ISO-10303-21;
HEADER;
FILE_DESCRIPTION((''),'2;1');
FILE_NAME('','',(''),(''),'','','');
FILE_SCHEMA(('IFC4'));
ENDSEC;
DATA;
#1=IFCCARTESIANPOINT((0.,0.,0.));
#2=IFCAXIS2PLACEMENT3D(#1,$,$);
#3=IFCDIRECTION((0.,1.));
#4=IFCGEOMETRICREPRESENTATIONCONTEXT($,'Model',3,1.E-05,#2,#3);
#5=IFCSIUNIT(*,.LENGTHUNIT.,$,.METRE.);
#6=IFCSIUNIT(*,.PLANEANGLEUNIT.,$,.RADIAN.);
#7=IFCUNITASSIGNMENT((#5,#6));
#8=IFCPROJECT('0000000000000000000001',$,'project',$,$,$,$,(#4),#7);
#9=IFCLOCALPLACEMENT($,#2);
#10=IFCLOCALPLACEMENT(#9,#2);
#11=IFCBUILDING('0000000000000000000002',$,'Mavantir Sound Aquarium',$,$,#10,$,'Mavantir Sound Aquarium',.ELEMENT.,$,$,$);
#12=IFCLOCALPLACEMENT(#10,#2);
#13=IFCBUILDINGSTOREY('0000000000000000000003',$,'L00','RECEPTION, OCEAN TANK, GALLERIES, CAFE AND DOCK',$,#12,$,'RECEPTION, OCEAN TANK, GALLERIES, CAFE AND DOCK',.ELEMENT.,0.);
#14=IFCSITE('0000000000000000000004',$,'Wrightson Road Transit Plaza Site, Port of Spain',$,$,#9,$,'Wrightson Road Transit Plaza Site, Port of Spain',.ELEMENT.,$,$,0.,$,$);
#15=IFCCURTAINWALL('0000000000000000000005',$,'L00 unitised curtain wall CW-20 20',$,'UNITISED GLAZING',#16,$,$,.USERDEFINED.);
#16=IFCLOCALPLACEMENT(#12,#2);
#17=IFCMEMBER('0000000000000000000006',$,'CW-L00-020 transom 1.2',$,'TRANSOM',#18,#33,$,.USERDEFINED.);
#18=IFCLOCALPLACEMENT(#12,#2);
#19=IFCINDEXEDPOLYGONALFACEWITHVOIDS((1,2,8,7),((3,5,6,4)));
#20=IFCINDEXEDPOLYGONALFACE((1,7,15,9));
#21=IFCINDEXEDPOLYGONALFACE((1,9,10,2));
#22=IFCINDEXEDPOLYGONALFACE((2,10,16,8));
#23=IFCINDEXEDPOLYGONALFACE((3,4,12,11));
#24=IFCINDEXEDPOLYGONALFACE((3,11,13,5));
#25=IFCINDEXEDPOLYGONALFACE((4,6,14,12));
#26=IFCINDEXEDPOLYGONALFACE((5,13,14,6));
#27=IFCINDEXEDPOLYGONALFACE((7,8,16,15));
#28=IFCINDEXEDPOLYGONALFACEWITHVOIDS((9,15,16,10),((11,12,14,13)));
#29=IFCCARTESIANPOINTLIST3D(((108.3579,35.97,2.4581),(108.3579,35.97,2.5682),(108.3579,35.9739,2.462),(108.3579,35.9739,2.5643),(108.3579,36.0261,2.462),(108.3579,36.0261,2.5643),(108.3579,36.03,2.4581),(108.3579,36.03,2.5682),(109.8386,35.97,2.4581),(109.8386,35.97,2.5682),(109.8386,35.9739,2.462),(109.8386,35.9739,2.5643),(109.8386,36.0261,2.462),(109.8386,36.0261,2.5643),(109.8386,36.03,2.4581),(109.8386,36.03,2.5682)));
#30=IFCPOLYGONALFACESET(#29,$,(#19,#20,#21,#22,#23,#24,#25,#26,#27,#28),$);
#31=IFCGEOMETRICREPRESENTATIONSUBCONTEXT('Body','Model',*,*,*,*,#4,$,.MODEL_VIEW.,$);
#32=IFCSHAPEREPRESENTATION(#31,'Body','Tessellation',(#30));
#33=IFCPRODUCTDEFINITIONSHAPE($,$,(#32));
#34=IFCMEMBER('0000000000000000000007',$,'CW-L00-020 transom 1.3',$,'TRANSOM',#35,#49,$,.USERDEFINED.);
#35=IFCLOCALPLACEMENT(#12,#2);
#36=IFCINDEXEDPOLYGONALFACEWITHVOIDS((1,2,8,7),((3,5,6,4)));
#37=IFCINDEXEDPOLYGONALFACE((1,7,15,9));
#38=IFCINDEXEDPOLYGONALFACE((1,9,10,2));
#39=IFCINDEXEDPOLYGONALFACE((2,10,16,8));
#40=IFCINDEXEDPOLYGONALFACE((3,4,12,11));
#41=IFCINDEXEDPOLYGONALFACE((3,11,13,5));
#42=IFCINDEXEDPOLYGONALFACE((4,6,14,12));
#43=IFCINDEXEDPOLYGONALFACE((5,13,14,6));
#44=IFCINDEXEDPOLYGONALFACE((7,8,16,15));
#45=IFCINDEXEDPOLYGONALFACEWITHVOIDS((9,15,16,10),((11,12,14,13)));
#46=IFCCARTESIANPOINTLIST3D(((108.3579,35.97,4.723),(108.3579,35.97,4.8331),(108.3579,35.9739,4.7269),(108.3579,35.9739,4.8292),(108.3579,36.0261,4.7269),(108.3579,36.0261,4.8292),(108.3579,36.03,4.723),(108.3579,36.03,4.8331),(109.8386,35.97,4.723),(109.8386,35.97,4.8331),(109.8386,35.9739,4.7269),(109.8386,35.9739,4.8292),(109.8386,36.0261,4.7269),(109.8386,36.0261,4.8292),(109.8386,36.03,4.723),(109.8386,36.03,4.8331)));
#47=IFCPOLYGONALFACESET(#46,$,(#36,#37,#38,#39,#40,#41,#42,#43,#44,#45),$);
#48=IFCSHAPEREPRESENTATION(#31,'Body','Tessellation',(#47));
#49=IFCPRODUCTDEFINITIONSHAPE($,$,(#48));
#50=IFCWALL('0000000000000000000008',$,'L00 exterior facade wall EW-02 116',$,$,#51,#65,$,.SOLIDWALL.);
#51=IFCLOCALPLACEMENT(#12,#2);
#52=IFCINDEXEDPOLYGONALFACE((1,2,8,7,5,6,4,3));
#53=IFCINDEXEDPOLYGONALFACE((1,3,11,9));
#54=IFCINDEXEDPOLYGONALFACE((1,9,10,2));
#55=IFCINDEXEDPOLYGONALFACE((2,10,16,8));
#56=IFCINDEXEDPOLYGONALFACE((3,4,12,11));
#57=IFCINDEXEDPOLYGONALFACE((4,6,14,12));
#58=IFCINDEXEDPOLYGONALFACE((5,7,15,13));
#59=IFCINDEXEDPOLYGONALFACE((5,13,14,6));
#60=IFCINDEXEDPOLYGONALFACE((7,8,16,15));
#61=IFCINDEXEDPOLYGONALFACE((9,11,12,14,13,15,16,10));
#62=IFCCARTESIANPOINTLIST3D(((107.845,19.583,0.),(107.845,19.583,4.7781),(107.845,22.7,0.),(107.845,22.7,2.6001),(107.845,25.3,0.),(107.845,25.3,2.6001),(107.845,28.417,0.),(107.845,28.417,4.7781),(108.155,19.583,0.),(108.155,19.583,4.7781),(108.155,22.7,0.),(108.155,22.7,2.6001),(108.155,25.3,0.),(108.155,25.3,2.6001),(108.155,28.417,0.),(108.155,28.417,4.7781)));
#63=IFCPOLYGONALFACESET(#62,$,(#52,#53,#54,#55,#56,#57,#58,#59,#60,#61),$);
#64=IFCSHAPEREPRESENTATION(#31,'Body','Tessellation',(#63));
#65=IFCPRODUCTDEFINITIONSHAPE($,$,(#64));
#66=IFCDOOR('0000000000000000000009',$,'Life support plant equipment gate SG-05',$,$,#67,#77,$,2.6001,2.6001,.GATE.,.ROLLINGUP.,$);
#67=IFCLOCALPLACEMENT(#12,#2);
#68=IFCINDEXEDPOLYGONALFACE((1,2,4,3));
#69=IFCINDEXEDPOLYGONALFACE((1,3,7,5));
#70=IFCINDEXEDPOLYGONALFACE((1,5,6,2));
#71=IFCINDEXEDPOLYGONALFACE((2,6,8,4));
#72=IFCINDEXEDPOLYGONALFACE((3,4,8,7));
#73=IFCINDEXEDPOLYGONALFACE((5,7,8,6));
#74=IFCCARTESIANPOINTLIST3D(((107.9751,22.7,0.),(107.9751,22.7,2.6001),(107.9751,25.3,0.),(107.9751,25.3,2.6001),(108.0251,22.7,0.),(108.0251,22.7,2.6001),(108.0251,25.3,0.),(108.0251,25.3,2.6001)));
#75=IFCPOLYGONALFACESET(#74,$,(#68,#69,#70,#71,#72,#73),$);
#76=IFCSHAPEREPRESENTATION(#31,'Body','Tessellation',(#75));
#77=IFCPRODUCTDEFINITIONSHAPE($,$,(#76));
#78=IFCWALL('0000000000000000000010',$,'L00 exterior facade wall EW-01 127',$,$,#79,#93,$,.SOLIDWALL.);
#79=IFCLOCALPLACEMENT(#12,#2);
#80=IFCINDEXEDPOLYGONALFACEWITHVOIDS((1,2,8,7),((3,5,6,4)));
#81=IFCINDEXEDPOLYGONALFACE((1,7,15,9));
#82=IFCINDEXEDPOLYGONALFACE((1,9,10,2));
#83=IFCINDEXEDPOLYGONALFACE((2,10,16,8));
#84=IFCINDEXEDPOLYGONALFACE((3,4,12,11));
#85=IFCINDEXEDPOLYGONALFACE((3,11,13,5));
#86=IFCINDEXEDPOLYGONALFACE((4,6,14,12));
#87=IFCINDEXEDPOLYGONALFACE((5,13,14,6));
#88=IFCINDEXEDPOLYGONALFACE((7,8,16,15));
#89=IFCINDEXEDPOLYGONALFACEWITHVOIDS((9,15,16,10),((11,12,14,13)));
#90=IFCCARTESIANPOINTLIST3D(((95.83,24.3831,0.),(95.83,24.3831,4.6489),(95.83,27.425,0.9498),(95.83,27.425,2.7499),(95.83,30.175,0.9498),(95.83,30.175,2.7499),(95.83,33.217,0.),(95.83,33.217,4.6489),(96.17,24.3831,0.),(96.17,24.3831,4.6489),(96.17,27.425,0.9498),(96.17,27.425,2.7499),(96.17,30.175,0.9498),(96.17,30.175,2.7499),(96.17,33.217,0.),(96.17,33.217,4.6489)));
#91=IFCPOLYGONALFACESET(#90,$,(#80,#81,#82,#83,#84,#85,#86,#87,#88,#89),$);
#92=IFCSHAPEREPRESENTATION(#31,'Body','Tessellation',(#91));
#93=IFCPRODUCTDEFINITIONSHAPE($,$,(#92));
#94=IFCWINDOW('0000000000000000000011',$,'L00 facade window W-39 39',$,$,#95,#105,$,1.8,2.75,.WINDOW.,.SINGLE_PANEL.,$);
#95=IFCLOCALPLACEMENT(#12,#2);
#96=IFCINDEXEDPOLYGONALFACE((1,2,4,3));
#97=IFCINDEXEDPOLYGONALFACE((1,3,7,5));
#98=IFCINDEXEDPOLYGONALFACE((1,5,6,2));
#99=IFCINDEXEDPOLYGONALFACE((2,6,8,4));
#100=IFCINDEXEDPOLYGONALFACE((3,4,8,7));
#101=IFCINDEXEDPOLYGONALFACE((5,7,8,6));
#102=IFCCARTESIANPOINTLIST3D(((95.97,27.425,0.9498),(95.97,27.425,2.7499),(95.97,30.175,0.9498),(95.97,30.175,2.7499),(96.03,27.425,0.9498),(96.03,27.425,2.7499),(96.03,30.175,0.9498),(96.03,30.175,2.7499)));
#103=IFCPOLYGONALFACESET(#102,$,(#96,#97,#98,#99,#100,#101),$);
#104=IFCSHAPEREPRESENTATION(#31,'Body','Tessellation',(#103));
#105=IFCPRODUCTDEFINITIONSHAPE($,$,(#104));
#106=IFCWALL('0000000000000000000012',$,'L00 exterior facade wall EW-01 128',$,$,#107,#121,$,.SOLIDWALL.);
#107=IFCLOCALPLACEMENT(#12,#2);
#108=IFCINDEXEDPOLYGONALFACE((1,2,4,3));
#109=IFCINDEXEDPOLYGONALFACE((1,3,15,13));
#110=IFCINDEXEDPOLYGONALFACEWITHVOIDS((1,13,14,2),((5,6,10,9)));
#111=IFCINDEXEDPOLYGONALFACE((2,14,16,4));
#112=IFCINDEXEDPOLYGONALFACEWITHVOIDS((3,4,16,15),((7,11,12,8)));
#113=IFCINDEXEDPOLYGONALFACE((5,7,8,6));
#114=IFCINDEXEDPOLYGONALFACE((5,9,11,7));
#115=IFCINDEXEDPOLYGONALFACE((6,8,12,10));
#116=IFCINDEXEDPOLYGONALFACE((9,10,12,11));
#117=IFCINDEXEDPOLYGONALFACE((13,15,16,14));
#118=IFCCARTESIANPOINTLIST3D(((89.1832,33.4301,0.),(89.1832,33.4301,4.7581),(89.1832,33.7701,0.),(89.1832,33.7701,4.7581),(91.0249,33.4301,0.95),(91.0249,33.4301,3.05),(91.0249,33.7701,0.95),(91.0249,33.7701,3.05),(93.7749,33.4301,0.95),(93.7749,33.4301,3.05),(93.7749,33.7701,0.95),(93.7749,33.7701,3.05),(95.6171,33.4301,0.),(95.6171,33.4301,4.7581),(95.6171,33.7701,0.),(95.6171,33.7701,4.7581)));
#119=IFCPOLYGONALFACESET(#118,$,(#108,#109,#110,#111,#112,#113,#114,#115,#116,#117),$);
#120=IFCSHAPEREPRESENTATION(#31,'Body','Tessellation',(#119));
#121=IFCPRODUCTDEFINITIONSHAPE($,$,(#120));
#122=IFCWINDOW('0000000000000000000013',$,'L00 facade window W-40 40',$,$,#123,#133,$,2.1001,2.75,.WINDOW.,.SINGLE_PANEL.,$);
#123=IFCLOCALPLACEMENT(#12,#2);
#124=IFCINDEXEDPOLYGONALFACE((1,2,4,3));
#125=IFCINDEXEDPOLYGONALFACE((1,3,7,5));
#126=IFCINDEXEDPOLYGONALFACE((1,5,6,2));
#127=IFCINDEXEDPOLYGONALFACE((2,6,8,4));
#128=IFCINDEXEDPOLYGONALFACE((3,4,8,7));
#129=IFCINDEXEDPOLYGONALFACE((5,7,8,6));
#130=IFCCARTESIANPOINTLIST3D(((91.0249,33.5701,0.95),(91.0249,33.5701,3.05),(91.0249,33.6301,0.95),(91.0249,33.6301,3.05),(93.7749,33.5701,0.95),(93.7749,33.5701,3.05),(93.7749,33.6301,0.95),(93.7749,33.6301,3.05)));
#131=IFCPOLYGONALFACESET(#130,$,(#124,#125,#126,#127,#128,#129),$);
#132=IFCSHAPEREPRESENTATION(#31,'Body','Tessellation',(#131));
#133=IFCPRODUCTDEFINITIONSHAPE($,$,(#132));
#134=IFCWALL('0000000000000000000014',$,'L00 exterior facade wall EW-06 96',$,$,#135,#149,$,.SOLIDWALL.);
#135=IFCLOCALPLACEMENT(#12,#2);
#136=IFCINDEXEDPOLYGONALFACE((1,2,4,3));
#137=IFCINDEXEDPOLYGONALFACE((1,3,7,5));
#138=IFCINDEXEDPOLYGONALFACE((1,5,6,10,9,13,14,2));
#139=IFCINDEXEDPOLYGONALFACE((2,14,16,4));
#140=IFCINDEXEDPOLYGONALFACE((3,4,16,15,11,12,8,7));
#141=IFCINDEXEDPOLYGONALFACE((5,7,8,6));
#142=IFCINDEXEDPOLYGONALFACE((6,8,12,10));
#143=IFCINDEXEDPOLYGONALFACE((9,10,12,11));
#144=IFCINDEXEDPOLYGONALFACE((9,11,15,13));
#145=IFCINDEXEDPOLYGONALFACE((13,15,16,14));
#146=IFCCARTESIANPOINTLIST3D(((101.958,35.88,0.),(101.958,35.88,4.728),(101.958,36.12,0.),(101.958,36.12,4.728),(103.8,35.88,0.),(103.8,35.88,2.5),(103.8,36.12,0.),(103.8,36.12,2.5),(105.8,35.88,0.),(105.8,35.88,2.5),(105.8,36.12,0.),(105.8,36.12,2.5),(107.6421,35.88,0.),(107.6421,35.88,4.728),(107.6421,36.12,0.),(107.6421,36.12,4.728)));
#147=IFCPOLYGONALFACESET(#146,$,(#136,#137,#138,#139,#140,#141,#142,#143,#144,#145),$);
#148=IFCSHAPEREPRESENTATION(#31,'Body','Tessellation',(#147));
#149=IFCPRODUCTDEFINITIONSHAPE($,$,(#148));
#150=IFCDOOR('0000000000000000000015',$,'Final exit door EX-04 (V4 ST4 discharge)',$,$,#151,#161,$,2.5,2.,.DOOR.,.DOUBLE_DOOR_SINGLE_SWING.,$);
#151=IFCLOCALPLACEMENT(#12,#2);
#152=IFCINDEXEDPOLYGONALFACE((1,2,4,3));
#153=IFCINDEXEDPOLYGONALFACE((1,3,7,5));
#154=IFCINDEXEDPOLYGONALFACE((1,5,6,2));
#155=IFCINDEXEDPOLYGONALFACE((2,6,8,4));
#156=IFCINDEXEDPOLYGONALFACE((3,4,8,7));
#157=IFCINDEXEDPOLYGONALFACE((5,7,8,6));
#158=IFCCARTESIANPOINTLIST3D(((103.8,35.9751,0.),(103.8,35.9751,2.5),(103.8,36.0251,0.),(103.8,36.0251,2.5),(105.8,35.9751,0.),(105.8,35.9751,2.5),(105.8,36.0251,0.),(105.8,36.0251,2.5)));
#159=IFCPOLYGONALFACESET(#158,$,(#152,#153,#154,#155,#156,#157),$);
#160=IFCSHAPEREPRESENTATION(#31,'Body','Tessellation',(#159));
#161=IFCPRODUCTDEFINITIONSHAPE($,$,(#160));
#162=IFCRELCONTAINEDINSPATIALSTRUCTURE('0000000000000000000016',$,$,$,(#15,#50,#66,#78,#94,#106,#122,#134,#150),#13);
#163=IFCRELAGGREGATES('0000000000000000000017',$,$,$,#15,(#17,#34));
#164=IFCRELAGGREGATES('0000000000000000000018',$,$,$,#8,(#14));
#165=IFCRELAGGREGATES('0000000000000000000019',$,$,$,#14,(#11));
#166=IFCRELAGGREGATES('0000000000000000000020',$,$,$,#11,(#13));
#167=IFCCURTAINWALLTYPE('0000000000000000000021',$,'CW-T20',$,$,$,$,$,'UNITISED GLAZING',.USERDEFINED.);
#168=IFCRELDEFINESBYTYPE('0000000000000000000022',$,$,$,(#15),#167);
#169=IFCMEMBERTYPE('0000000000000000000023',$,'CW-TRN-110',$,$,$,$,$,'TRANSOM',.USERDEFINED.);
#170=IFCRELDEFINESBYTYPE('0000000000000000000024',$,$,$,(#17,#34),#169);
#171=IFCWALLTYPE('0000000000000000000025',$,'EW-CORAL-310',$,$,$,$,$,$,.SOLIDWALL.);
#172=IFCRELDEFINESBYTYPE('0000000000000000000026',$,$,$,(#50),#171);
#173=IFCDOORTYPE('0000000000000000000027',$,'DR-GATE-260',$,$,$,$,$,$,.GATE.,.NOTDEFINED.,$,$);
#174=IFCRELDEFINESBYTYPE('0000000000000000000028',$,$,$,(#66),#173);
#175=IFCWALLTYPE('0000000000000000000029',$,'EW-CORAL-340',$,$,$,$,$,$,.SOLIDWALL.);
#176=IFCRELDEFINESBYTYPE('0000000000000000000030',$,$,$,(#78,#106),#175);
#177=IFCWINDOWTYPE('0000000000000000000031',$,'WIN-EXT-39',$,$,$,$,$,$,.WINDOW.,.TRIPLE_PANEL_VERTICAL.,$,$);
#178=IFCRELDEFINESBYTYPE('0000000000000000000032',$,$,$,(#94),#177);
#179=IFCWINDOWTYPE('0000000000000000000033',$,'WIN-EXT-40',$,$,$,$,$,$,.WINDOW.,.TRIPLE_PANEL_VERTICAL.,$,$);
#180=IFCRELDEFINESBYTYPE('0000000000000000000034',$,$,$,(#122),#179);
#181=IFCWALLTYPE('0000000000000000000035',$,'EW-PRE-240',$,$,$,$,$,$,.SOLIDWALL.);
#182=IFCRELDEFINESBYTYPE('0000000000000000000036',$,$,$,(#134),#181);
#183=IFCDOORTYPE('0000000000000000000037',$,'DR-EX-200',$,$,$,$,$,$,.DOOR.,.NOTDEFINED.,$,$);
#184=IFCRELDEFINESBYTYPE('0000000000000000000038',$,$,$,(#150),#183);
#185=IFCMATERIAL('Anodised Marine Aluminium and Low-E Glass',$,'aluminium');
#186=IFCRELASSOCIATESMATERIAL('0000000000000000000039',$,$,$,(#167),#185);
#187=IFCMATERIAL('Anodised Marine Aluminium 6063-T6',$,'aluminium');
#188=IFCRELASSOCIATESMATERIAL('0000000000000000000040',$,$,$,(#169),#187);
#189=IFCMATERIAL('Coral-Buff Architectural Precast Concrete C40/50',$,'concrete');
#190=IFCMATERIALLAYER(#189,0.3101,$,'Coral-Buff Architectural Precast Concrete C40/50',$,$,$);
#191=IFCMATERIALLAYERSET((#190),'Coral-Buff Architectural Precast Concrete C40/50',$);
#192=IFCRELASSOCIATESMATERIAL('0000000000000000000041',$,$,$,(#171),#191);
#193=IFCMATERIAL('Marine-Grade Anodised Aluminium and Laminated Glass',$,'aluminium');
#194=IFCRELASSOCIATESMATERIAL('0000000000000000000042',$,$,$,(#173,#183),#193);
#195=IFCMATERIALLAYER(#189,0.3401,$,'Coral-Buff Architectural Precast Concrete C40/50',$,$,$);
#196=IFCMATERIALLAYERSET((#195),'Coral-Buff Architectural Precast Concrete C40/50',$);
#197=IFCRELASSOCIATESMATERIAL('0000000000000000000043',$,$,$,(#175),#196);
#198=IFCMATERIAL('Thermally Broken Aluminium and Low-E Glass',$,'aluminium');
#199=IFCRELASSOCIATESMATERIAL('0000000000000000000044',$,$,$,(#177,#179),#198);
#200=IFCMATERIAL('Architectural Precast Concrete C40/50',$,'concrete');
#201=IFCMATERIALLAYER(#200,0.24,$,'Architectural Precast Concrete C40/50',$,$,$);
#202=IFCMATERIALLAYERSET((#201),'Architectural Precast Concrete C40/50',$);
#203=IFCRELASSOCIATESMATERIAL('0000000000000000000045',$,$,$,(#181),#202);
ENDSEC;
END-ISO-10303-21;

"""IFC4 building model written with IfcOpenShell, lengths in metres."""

from ifc_helpers import new_model, si_unit, direction, frame, frame_2d, origin, origin_2d, place, context, subcontext, project, spatial, rectangle, hollow_rectangle, extrude, material, layer, layer_set, material_profile, profile_set, type_object, element, fill, aggregate, save


model = new_model("IFC4")

# Units and contexts
model_context = context("Model", 3, precision=1e-05, world=origin(), true_north=direction((0.0, 1.0)))
body_context = subcontext(model_context, "Body", "Model", "MODEL_VIEW")
ifc_project = project(units=[si_unit("LENGTHUNIT", "METRE"), si_unit("PLANEANGLEUNIT", "RADIAN")], contexts=[model_context])

# Site, building, storey
site_placement = place(None, origin())
site = spatial("IfcSite", under=ifc_project, at=site_placement, Name="Wrightson Road Transit Plaza Site, Port of Spain", LongName="Wrightson Road Transit Plaza Site, Port of Spain", CompositionType="ELEMENT", RefElevation=0.0)
building_placement = place(site_placement, origin())
building = spatial("IfcBuilding", under=site, at=building_placement, Name="Mavantir Sound Aquarium", LongName="Mavantir Sound Aquarium", CompositionType="ELEMENT")
storey_placement = place(building_placement, origin())
storey = spatial("IfcBuildingStorey", under=building, at=storey_placement, Name="L00", Description="RECEPTION, OCEAN TANK, GALLERIES, CAFE AND DOCK", LongName="RECEPTION, OCEAN TANK, GALLERIES, CAFE AND DOCK", CompositionType="ELEMENT", Elevation=0.0)

# Curtain wall, members
ifc_material_1 = material(Name="Anodised Marine Aluminium and Low-E Glass", Category="aluminium")
curtain_wall_type = type_object("IfcCurtainWallType", Name="CW-T20", ElementType="UNITISED GLAZING", PredefinedType="USERDEFINED", material=ifc_material_1)
curtain_wall_placement = place(storey_placement, origin())
curtain_wall = element("IfcCurtainWall", 1, at=curtain_wall_placement, inside=storey, type_object=curtain_wall_type, Name="L00 unitised curtain wall CW-20 20", ObjectType="UNITISED GLAZING", PredefinedType="USERDEFINED")
ifc_material_2 = material(Name="Anodised Marine Aluminium 6063-T6", Category="aluminium")
ifc_material_profile_1 = material_profile(ifc_material_2, hollow_rectangle(XDim=0.0601, YDim=0.1101, WallThickness=0.0039, at=origin_2d()), Name="ALU-TRANSOM-110X60")
ifc_profile_set_1 = profile_set([ifc_material_profile_1], Name="Anodised Marine Aluminium 6063-T6")
member_type_1 = type_object("IfcMemberType", Name="CW-TRN-110", ElementType="TRANSOM", PredefinedType="USERDEFINED", material=ifc_profile_set_1)
member_1_placement = place(storey_placement, frame((108.3579, 36.0, 2.5132), z_axis=(1.0, 0.0, 0.0), x_axis=(0.0, 1.0, 0.0)))
member_1 = element("IfcMember", 2, at=member_1_placement, type_object=member_type_1, Name="CW-L00-020 transom 1.2", ObjectType="TRANSOM", PredefinedType="USERDEFINED", context=body_context, shape_type="SweptSolid", body=[
    extrude(hollow_rectangle(XDim=0.0601, YDim=0.1101, WallThickness=0.0039, at=origin_2d()), origin(), (0.0, 0.0, 1.0), 1.4807),
])
member_2_placement = place(storey_placement, frame((108.3579, 36.0, 4.7781), z_axis=(1.0, 0.0, 0.0), x_axis=(0.0, 1.0, 0.0)))
member_2 = element("IfcMember", 3, at=member_2_placement, type_object=member_type_1, Name="CW-L00-020 transom 1.3", ObjectType="TRANSOM", PredefinedType="USERDEFINED", context=body_context, shape_type="SweptSolid", body=[
    extrude(hollow_rectangle(XDim=0.0601, YDim=0.1101, WallThickness=0.0039, at=origin_2d()), origin(), (0.0, 0.0, 1.0), 1.4807),
])
aggregate(curtain_wall, [member_1, member_2])

# Wall, opening, door
ifc_material_3 = material(Name="Coral-Buff Architectural Precast Concrete C40/50", Category="concrete")
ifc_layer_1 = layer(ifc_material_3, 0.3101, Name="Coral-Buff Architectural Precast Concrete C40/50")
ifc_layer_set_1 = layer_set([ifc_layer_1], Name="Coral-Buff Architectural Precast Concrete C40/50")
wall_type_1 = type_object("IfcWallType", Name="EW-CORAL-310", PredefinedType="SOLIDWALL", material=ifc_layer_set_1)
wall_1_placement = place(storey_placement, frame((108.0, 28.417, 0.0), z_axis=(0.0, 0.0, 1.0), x_axis=(0.0, -1.0, 0.0)))
wall_1 = element("IfcWall", 4, at=wall_1_placement, inside=storey, type_object=wall_type_1, Name="L00 exterior facade wall EW-02 116", PredefinedType="SOLIDWALL", context=body_context, shape_type="SweptSolid", body=[
    extrude(rectangle(XDim=8.834, YDim=0.3101, at=frame_2d((4.417, 0.0))), origin(), (0.0, 0.0, 1.0), 4.7781),
])
opening_1_placement = place(wall_1_placement, frame((5.717, 0.0, 0.0), z_axis=(0.0, 0.0, 1.0), x_axis=(-1.0, 0.0, 0.0)))
opening_1 = element("IfcOpeningElement", 5, at=opening_1_placement, cuts=wall_1, PredefinedType="OPENING", context=body_context, shape_type="SweptSolid", body=[
    extrude(rectangle(XDim=2.6001, YDim=2.6001, at=frame_2d((1.3, 1.3))), frame((0.0, 0.165, 0.0), z_axis=(0.0, -1.0, 0.0), x_axis=(1.0, 0.0, 0.0)), (0.0, 0.0, 1.0), 0.3301),
])
ifc_material_4 = material(Name="Marine-Grade Anodised Aluminium and Laminated Glass", Category="aluminium")
door_type_1 = type_object("IfcDoorType", Name="DR-GATE-260", OperationType="NOTDEFINED", PredefinedType="GATE", material=ifc_material_4)
door_1_placement = place(opening_1_placement, origin())
door_1 = element("IfcDoor", 6, at=door_1_placement, inside=storey, type_object=door_type_1, Name="Life support plant equipment gate SG-05", OperationType="ROLLINGUP", OverallHeight=2.6001, OverallWidth=2.6001, PredefinedType="GATE", context=body_context, shape_type="SweptSolid", body=[
    extrude(rectangle(XDim=2.6001, YDim=2.6001, at=frame_2d((1.3, 1.3))), frame((0.0, 0.0249, 0.0), z_axis=(0.0, -1.0, 0.0), x_axis=(1.0, 0.0, 0.0)), (0.0, 0.0, 1.0), 0.05),
])
fill(opening_1, door_1)

# Walls, openings, windows
ifc_layer_2 = layer(ifc_material_3, 0.3401, Name="Coral-Buff Architectural Precast Concrete C40/50")
ifc_layer_set_2 = layer_set([ifc_layer_2], Name="Coral-Buff Architectural Precast Concrete C40/50")
wall_type_2 = type_object("IfcWallType", Name="EW-CORAL-340", PredefinedType="SOLIDWALL", material=ifc_layer_set_2)
wall_2_placement = place(storey_placement, frame((96.0, 24.3831, 0.0), z_axis=(0.0, 0.0, 1.0), x_axis=(0.0, 1.0, 0.0)))
wall_2 = element("IfcWall", 7, at=wall_2_placement, inside=storey, type_object=wall_type_2, Name="L00 exterior facade wall EW-01 127", PredefinedType="SOLIDWALL", context=body_context, shape_type="SweptSolid", body=[
    extrude(rectangle(XDim=8.834, YDim=0.3401, at=frame_2d((4.417, 0.0))), origin(), (0.0, 0.0, 1.0), 4.6489),
])
opening_2_placement = place(wall_2_placement, frame((3.042, 0.0, 0.95)))
opening_2 = element("IfcOpeningElement", 8, at=opening_2_placement, cuts=wall_2, PredefinedType="OPENING", context=body_context, shape_type="SweptSolid", body=[
    extrude(rectangle(XDim=2.75, YDim=1.8, at=frame_2d((1.375, 0.8999))), frame((0.0, 0.1802, 0.0), z_axis=(0.0, -1.0, 0.0), x_axis=(1.0, 0.0, 0.0)), (0.0, 0.0, 1.0), 0.3601),
])
ifc_material_5 = material(Name="Thermally Broken Aluminium and Low-E Glass", Category="aluminium")
window_type_1 = type_object("IfcWindowType", Name="WIN-EXT-39", PartitioningType="TRIPLE_PANEL_VERTICAL", PredefinedType="WINDOW", material=ifc_material_5)
window_1_placement = place(opening_2_placement, origin())
window_1 = element("IfcWindow", 9, at=window_1_placement, inside=storey, type_object=window_type_1, Name="L00 facade window W-39 39", OverallHeight=1.8, OverallWidth=2.75, PartitioningType="SINGLE_PANEL", PredefinedType="WINDOW", context=body_context, shape_type="SweptSolid", body=[
    extrude(rectangle(XDim=2.75, YDim=1.8, at=frame_2d((1.375, 0.8999))), frame((0.0, 0.03, 0.0), z_axis=(0.0, -1.0, 0.0), x_axis=(1.0, 0.0, 0.0)), (0.0, 0.0, 1.0), 0.0601),
])
fill(opening_2, window_1)
wall_3_placement = place(storey_placement, frame((95.6169, 33.6001, 0.0), z_axis=(0.0, 0.0, 1.0), x_axis=(-1.0, 0.0, 0.0)))
wall_3 = element("IfcWall", 10, at=wall_3_placement, inside=storey, type_object=wall_type_2, Name="L00 exterior facade wall EW-01 128", PredefinedType="SOLIDWALL", context=body_context, shape_type="SweptSolid", body=[
    extrude(rectangle(XDim=6.4338, YDim=0.3401, at=frame_2d((3.2168, 0.0))), origin(), (0.0, 0.0, 1.0), 4.7581),
])
opening_3_placement = place(wall_3_placement, frame((1.842, 0.0, 0.95)))
opening_3 = element("IfcOpeningElement", 11, at=opening_3_placement, cuts=wall_3, PredefinedType="OPENING", context=body_context, shape_type="SweptSolid", body=[
    extrude(rectangle(XDim=2.75, YDim=2.1001, at=frame_2d((1.375, 1.05))), frame((0.0, 0.1802, 0.0), z_axis=(0.0, -1.0, 0.0), x_axis=(1.0, 0.0, 0.0)), (0.0, 0.0, 1.0), 0.3601),
])
window_type_2 = type_object("IfcWindowType", Name="WIN-EXT-40", PartitioningType="TRIPLE_PANEL_VERTICAL", PredefinedType="WINDOW", material=ifc_material_5)
window_2_placement = place(opening_3_placement, origin())
window_2 = element("IfcWindow", 12, at=window_2_placement, inside=storey, type_object=window_type_2, Name="L00 facade window W-40 40", OverallHeight=2.1001, OverallWidth=2.75, PartitioningType="SINGLE_PANEL", PredefinedType="WINDOW", context=body_context, shape_type="SweptSolid", body=[
    extrude(rectangle(XDim=2.75, YDim=2.1001, at=frame_2d((1.375, 1.05))), frame((0.0, 0.03, 0.0), z_axis=(0.0, -1.0, 0.0), x_axis=(1.0, 0.0, 0.0)), (0.0, 0.0, 1.0), 0.0601),
])
fill(opening_3, window_2)

# Wall, opening, door
ifc_material_6 = material(Name="Architectural Precast Concrete C40/50", Category="concrete")
ifc_layer_3 = layer(ifc_material_6, 0.24, Name="Architectural Precast Concrete C40/50")
ifc_layer_set_3 = layer_set([ifc_layer_3], Name="Architectural Precast Concrete C40/50")
wall_type_3 = type_object("IfcWallType", Name="EW-PRE-240", PredefinedType="SOLIDWALL", material=ifc_layer_set_3)
wall_4_placement = place(storey_placement, frame((101.958, 36.0, 0.0), z_axis=(0.0, 0.0, 1.0), x_axis=(1.0, 0.0, 0.0)))
wall_4 = element("IfcWall", 13, at=wall_4_placement, inside=storey, type_object=wall_type_3, Name="L00 exterior facade wall EW-06 96", PredefinedType="SOLIDWALL", context=body_context, shape_type="SweptSolid", body=[
    extrude(rectangle(XDim=5.6841, YDim=0.24, at=frame_2d((2.842, 0.0))), origin(), (0.0, 0.0, 1.0), 4.728),
])
opening_4_placement = place(wall_4_placement, frame((3.842, 0.0, 0.0), z_axis=(0.0, 0.0, 1.0), x_axis=(-1.0, 0.0, 0.0)))
opening_4 = element("IfcOpeningElement", 14, at=opening_4_placement, cuts=wall_4, PredefinedType="OPENING", context=body_context, shape_type="SweptSolid", body=[
    extrude(rectangle(XDim=2.0, YDim=2.5, at=frame_2d((1.0, 1.25))), frame((0.0, 0.1299, 0.0), z_axis=(0.0, -1.0, 0.0), x_axis=(1.0, 0.0, 0.0)), (0.0, 0.0, 1.0), 0.26),
])
door_type_2 = type_object("IfcDoorType", Name="DR-EX-200", OperationType="NOTDEFINED", PredefinedType="DOOR", material=ifc_material_4)
door_2_placement = place(opening_4_placement, origin())
door_2 = element("IfcDoor", 15, at=door_2_placement, inside=storey, type_object=door_type_2, Name="Final exit door EX-04 (V4 ST4 discharge)", OperationType="DOUBLE_DOOR_SINGLE_SWING", OverallHeight=2.5, OverallWidth=2.0, PredefinedType="DOOR", context=body_context, shape_type="SweptSolid", body=[
    extrude(rectangle(XDim=2.0, YDim=2.5, at=frame_2d((1.0, 1.25))), frame((0.0, 0.0249, 0.0), z_axis=(0.0, -1.0, 0.0), x_axis=(1.0, 0.0, 0.0)), (0.0, 0.0, 1.0), 0.05),
])
fill(opening_4, door_2)

save(model, "model.ifc")
